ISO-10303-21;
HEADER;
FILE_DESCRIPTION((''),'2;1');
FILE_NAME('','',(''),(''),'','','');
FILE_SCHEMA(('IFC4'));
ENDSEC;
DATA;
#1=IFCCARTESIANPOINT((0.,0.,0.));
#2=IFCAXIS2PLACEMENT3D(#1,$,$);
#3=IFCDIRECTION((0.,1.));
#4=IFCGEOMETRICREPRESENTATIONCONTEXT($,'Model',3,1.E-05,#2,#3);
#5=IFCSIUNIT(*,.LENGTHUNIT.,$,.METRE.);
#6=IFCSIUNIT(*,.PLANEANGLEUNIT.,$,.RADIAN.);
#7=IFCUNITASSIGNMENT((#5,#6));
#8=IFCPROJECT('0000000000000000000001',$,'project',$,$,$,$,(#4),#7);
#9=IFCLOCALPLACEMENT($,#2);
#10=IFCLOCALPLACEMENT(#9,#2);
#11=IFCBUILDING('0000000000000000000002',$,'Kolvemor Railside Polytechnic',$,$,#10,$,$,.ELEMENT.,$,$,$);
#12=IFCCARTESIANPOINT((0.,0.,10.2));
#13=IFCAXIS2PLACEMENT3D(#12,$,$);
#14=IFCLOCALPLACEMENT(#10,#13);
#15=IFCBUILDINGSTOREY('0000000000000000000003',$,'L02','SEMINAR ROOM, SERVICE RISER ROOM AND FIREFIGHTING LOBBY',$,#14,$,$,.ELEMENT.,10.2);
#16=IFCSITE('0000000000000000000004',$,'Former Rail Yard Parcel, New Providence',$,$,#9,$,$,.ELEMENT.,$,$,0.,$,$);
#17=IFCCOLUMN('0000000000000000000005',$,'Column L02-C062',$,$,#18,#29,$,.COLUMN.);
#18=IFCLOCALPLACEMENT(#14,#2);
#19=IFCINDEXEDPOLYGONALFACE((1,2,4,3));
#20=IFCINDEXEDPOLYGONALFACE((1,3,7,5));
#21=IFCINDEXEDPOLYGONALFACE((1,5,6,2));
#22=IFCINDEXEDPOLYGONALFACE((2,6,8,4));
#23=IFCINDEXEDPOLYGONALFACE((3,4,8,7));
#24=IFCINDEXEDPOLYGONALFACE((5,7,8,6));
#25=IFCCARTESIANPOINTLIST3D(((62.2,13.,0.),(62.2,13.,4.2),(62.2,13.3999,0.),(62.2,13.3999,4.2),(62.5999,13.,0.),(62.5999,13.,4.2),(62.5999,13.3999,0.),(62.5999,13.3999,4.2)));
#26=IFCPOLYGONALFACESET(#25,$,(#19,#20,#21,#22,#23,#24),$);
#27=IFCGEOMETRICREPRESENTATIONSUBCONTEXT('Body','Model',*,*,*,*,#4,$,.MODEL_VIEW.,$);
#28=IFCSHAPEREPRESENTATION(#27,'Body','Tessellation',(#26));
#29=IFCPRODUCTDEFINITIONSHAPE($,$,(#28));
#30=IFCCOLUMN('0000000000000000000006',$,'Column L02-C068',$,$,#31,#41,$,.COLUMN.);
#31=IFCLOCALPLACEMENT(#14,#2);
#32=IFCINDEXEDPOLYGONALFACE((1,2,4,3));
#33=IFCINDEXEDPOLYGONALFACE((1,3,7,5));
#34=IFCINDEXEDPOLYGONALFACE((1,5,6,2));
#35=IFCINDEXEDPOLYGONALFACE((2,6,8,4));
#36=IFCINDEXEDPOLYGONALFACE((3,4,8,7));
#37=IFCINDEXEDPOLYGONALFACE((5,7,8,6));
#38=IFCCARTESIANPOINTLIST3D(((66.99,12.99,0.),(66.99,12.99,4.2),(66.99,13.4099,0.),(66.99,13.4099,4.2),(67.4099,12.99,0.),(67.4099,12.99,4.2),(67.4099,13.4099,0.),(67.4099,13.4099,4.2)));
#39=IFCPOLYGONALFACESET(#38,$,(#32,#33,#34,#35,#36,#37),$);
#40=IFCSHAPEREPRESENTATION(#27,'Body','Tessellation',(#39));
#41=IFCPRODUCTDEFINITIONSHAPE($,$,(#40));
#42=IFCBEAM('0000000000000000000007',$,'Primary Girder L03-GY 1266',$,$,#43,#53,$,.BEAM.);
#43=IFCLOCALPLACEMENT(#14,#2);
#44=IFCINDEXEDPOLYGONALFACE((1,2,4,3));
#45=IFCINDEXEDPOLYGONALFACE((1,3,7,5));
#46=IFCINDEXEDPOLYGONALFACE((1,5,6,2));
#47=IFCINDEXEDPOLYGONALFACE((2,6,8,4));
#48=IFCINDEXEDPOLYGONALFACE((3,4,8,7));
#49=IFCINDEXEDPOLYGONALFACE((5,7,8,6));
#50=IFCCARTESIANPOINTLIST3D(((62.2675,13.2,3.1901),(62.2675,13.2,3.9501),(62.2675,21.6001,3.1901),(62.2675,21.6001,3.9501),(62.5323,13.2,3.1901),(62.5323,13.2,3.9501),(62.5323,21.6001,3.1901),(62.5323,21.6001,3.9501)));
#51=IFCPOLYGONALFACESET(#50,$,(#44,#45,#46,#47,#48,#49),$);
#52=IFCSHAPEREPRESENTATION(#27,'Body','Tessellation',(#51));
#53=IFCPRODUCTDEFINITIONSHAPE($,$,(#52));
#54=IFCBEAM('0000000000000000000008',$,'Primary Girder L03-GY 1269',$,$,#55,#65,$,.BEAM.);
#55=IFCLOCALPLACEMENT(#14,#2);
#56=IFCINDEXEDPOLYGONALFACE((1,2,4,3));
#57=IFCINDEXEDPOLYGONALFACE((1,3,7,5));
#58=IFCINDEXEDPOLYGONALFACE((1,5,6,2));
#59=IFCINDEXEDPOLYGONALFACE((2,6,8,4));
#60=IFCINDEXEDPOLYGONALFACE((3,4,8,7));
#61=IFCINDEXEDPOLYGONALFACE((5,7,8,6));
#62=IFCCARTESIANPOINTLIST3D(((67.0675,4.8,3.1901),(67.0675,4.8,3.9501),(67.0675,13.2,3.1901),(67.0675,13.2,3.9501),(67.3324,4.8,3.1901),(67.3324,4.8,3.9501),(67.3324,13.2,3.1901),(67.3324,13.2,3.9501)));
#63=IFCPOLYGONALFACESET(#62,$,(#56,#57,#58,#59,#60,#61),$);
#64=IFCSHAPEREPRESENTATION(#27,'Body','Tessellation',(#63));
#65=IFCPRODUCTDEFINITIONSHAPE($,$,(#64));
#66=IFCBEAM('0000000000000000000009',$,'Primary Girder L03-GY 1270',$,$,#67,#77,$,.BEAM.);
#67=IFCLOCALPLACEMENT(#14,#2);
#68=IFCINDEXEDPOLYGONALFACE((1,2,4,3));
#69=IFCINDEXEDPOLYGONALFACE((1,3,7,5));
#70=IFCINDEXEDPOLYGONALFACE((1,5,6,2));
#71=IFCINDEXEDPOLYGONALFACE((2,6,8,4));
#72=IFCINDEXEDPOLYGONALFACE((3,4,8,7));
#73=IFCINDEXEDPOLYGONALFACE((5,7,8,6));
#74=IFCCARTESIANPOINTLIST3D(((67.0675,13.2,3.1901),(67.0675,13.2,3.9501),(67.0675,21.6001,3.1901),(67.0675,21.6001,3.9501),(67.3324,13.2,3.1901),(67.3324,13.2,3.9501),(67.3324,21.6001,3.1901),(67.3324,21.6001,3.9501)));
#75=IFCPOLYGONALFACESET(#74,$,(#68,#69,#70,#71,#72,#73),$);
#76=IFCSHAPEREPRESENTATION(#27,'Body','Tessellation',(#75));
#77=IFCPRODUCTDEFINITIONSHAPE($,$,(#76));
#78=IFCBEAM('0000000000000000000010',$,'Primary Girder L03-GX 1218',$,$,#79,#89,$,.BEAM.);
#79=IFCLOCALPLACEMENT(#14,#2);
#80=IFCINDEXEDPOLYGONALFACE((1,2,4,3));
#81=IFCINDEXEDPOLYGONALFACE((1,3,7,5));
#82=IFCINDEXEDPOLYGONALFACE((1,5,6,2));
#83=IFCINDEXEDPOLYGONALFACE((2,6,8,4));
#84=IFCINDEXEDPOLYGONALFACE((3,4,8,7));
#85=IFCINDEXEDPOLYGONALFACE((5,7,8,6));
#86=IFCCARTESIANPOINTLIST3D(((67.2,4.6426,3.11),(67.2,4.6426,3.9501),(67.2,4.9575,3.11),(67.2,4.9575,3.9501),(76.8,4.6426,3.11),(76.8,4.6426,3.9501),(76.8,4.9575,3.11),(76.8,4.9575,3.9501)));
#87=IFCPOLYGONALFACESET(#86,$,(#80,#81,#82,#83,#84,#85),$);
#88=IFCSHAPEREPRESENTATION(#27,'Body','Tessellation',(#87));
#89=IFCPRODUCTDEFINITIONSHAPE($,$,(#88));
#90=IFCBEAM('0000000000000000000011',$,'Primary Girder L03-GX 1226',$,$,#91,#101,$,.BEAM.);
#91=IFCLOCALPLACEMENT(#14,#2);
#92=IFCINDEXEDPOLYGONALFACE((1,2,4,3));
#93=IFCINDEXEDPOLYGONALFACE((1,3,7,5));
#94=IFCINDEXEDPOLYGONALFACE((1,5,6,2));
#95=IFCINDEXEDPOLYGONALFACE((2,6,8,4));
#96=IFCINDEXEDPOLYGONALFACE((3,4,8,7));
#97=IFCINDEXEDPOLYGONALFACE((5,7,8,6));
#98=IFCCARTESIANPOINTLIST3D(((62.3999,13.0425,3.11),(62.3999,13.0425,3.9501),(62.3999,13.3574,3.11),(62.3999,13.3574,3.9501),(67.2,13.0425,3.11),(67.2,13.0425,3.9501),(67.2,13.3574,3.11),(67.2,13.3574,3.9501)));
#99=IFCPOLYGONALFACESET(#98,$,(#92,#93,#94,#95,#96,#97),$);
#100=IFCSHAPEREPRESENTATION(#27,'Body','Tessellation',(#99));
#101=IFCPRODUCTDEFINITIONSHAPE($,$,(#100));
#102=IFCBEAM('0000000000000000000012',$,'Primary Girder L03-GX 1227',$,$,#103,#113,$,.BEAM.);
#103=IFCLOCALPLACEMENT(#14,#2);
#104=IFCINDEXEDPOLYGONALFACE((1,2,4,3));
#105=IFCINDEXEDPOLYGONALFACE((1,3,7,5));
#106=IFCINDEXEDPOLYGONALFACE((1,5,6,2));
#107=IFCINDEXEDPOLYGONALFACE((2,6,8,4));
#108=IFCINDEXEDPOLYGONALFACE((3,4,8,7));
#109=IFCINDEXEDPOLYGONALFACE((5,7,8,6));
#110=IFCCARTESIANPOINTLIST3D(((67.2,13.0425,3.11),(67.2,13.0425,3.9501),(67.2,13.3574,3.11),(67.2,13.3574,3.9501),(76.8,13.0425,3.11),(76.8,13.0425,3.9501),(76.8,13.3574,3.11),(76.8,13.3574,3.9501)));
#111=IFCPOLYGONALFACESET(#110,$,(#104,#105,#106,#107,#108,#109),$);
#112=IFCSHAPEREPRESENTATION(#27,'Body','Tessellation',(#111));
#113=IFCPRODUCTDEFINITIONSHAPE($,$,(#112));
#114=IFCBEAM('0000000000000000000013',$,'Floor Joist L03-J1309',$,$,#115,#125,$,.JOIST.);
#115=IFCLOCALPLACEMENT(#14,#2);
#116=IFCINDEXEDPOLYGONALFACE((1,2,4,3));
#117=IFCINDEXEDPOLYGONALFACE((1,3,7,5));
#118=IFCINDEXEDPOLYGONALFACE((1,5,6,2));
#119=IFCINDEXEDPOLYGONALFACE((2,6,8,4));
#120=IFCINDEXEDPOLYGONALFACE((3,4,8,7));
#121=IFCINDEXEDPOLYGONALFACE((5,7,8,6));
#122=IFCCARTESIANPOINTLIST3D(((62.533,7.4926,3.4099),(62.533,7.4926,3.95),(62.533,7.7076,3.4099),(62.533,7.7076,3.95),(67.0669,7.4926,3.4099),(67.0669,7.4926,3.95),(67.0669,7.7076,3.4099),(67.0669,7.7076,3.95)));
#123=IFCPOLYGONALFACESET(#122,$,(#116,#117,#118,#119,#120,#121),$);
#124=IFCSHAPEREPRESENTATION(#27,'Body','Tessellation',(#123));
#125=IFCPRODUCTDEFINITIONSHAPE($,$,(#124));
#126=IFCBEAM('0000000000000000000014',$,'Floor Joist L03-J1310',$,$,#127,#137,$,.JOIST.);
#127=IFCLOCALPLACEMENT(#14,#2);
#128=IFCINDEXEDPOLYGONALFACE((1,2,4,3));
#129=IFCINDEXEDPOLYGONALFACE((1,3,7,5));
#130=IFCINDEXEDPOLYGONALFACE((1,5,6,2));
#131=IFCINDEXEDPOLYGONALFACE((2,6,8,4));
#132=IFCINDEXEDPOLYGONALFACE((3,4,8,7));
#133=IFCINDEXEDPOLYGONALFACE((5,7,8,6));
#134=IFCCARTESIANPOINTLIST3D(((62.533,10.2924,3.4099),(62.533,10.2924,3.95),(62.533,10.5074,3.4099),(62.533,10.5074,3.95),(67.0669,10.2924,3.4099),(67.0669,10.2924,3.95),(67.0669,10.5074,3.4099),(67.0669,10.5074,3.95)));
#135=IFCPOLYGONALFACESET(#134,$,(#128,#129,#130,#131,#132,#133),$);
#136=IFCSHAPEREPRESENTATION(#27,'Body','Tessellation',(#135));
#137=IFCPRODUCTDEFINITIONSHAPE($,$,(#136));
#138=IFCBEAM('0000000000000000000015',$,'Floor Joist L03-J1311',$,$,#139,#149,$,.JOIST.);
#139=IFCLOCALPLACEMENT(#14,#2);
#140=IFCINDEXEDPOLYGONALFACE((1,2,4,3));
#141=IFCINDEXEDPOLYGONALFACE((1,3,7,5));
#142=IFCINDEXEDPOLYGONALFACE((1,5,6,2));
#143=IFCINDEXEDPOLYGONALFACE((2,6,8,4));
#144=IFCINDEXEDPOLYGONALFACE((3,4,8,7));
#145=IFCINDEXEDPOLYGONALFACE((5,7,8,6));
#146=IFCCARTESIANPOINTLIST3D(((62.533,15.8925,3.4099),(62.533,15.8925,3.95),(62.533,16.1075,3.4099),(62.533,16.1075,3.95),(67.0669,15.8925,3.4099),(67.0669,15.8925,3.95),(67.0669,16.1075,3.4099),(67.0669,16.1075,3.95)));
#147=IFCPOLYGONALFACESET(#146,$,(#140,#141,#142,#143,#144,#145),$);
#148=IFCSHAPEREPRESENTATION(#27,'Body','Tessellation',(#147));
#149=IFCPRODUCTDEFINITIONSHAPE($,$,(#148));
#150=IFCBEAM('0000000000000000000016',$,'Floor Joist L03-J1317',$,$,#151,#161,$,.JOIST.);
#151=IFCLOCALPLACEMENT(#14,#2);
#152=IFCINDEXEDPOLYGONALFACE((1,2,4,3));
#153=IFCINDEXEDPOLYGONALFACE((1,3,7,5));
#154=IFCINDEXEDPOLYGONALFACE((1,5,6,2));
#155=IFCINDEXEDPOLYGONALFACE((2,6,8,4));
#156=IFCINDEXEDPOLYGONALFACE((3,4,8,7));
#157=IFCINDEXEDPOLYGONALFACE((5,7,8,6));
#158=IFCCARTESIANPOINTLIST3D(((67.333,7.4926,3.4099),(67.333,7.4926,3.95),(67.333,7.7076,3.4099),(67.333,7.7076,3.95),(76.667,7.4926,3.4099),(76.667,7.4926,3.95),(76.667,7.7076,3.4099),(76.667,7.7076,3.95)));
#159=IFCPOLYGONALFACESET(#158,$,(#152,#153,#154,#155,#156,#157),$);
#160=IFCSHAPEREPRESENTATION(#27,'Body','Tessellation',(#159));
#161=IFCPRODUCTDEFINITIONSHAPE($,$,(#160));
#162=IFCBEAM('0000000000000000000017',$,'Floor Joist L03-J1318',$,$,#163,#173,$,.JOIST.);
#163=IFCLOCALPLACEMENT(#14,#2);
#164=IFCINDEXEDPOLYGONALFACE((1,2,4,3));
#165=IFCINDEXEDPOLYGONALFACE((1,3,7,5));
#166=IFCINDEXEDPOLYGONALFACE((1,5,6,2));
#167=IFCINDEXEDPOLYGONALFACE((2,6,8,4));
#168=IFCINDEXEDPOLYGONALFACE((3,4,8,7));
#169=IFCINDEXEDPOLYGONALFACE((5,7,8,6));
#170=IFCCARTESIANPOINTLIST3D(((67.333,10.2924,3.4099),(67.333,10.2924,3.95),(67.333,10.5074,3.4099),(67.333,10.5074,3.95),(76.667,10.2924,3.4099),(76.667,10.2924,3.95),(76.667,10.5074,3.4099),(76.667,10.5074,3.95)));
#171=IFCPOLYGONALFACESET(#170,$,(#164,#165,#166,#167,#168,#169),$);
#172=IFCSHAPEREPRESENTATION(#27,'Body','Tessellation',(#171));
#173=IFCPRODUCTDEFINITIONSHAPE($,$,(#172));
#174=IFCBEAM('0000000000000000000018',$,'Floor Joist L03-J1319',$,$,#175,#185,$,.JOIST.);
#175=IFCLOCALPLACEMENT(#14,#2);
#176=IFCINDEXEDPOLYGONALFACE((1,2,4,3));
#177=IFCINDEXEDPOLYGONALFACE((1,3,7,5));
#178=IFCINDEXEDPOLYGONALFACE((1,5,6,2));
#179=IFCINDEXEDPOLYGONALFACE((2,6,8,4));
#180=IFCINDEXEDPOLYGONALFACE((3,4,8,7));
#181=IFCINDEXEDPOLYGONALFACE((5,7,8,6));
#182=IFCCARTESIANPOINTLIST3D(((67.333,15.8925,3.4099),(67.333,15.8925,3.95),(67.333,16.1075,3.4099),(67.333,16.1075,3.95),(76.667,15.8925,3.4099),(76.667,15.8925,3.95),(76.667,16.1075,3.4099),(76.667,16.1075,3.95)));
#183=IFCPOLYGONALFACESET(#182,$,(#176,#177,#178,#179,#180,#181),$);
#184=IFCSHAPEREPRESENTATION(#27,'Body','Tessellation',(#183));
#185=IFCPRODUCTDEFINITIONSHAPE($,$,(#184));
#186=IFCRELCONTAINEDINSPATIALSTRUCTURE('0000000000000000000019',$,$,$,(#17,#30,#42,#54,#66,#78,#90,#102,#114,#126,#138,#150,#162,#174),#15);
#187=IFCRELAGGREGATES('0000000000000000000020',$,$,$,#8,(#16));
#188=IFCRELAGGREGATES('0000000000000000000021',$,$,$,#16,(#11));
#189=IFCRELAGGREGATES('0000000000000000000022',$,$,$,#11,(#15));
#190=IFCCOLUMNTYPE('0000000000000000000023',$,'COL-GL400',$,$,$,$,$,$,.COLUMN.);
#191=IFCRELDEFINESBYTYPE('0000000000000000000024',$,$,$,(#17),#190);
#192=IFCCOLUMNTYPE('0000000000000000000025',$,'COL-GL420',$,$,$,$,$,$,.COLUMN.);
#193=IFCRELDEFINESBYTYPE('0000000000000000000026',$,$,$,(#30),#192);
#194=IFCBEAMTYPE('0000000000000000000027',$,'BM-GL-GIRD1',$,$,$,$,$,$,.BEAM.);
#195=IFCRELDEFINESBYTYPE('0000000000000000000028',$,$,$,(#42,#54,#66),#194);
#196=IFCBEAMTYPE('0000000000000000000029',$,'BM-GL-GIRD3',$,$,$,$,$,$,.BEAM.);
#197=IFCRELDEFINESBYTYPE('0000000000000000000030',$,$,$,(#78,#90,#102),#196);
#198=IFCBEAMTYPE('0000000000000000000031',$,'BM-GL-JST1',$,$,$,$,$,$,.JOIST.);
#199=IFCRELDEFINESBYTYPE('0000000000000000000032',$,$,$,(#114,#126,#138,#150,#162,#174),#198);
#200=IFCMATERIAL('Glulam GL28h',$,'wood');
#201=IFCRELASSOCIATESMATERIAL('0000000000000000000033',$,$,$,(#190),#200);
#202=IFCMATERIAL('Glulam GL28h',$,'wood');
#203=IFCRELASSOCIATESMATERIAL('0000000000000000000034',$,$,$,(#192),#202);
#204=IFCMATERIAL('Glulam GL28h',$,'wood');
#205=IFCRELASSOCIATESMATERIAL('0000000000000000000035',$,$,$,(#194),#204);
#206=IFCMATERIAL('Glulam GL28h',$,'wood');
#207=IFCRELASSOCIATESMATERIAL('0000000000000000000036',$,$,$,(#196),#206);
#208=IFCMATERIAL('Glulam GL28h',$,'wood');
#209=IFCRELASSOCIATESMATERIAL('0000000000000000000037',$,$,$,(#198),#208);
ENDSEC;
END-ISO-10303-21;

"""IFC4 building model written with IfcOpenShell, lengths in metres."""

from ifc_helpers import new_model, si_unit, direction, frame, origin, origin_2d, place, context, subcontext, project, spatial, rectangle, extrude, material, material_profile, profile_set, type_object, element, save


model = new_model("IFC4")

# Units and contexts
model_context = context("Model", 3, precision=1e-05, world=origin(), true_north=direction((0.0, 1.0)))
body_context = subcontext(model_context, "Body", "Model", "MODEL_VIEW")
ifc_project = project(units=[si_unit("LENGTHUNIT", "METRE"), si_unit("PLANEANGLEUNIT", "RADIAN")], contexts=[model_context])

# Site, building, storey
site_placement = place(None, origin())
site = spatial("IfcSite", under=ifc_project, at=site_placement, Name="Former Rail Yard Parcel, New Providence", CompositionType="ELEMENT", RefElevation=0.0)
building_placement = place(site_placement, origin())
building = spatial("IfcBuilding", under=site, at=building_placement, Name="Kolvemor Railside Polytechnic", CompositionType="ELEMENT")
storey_placement = place(building_placement, frame((0.0, 0.0, 10.2)))
storey = spatial("IfcBuildingStorey", under=building, at=storey_placement, Name="L02", Description="SEMINAR ROOM, SERVICE RISER ROOM AND FIREFIGHTING LOBBY", CompositionType="ELEMENT", Elevation=10.2)

# Columns
ifc_material_1 = material(Name="Glulam GL28h", Category="wood")
ifc_material_profile_1 = material_profile(ifc_material_1, rectangle(XDim=0.3999, YDim=0.3999, at=origin_2d()), Name="GL400x400")
ifc_profile_set_1 = profile_set([ifc_material_profile_1], Name="Glulam GL28h")
column_type_1 = type_object("IfcColumnType", Name="COL-GL400", PredefinedType="COLUMN", material=ifc_profile_set_1)
column_1_placement = place(storey_placement, frame((62.3999, 13.2, 0.0), z_axis=(0.0, 0.0, 1.0), x_axis=(1.0, 0.0, 0.0)))
element("IfcColumn", 1, at=column_1_placement, inside=storey, type_object=column_type_1, Name="Column L02-C062", PredefinedType="COLUMN", context=body_context, shape_type="SweptSolid", body=[
    extrude(rectangle(XDim=0.3999, YDim=0.3999, at=origin_2d()), origin(), (0.0, 0.0, 1.0), 4.2),
])
ifc_material_2 = material(Name="Glulam GL28h", Category="wood")
ifc_material_profile_2 = material_profile(ifc_material_2, rectangle(XDim=0.4199, YDim=0.4199, at=origin_2d()), Name="GL420x420")
ifc_profile_set_2 = profile_set([ifc_material_profile_2], Name="Glulam GL28h")
column_type_2 = type_object("IfcColumnType", Name="COL-GL420", PredefinedType="COLUMN", material=ifc_profile_set_2)
column_2_placement = place(storey_placement, frame((67.2, 13.2, 0.0), z_axis=(0.0, 0.0, 1.0), x_axis=(1.0, 0.0, 0.0)))
element("IfcColumn", 2, at=column_2_placement, inside=storey, type_object=column_type_2, Name="Column L02-C068", PredefinedType="COLUMN", context=body_context, shape_type="SweptSolid", body=[
    extrude(rectangle(XDim=0.4199, YDim=0.4199, at=origin_2d()), origin(), (0.0, 0.0, 1.0), 4.2),
])

# Beams
ifc_material_3 = material(Name="Glulam GL28h", Category="wood")
ifc_material_profile_3 = material_profile(ifc_material_3, rectangle(XDim=0.2649, YDim=0.76, at=origin_2d()), Name="GL265x760")
ifc_profile_set_3 = profile_set([ifc_material_profile_3], Name="Glulam GL28h")
beam_type_1 = type_object("IfcBeamType", Name="BM-GL-GIRD1", PredefinedType="BEAM", material=ifc_profile_set_3)
beam_1_placement = place(storey_placement, frame((62.3999, 13.2, 3.5701), z_axis=(0.0, 1.0, 0.0), x_axis=(-1.0, 0.0, 0.0)))
element("IfcBeam", 3, at=beam_1_placement, inside=storey, type_object=beam_type_1, Name="Primary Girder L03-GY 1266", PredefinedType="BEAM", context=body_context, shape_type="SweptSolid", body=[
    extrude(rectangle(XDim=0.2649, YDim=0.76, at=origin_2d()), origin(), (0.0, 0.0, 1.0), 8.4001),
])
beam_2_placement = place(storey_placement, frame((67.2, 4.8, 3.5701), z_axis=(0.0, 1.0, 0.0), x_axis=(-1.0, 0.0, 0.0)))
element("IfcBeam", 4, at=beam_2_placement, inside=storey, type_object=beam_type_1, Name="Primary Girder L03-GY 1269", PredefinedType="BEAM", context=body_context, shape_type="SweptSolid", body=[
    extrude(rectangle(XDim=0.2649, YDim=0.76, at=origin_2d()), origin(), (0.0, 0.0, 1.0), 8.3999),
])
beam_3_placement = place(storey_placement, frame((67.2, 13.2, 3.5701), z_axis=(0.0, 1.0, 0.0), x_axis=(-1.0, 0.0, 0.0)))
element("IfcBeam", 5, at=beam_3_placement, inside=storey, type_object=beam_type_1, Name="Primary Girder L03-GY 1270", PredefinedType="BEAM", context=body_context, shape_type="SweptSolid", body=[
    extrude(rectangle(XDim=0.2649, YDim=0.76, at=origin_2d()), origin(), (0.0, 0.0, 1.0), 8.4001),
])
ifc_material_4 = material(Name="Glulam GL28h", Category="wood")
ifc_material_profile_4 = material_profile(ifc_material_4, rectangle(XDim=0.3149, YDim=0.8401, at=origin_2d()), Name="GL315x840")
ifc_profile_set_4 = profile_set([ifc_material_profile_4], Name="Glulam GL28h")
beam_type_2 = type_object("IfcBeamType", Name="BM-GL-GIRD3", PredefinedType="BEAM", material=ifc_profile_set_4)
beam_4_placement = place(storey_placement, frame((67.2, 4.8, 3.53), z_axis=(1.0, 0.0, 0.0), x_axis=(0.0, 1.0, 0.0)))
element("IfcBeam", 6, at=beam_4_placement, inside=storey, type_object=beam_type_2, Name="Primary Girder L03-GX 1218", PredefinedType="BEAM", context=body_context, shape_type="SweptSolid", body=[
    extrude(rectangle(XDim=0.3149, YDim=0.8401, at=origin_2d()), origin(), (0.0, 0.0, 1.0), 9.6001),
])
beam_5_placement = place(storey_placement, frame((62.3999, 13.2, 3.53), z_axis=(1.0, 0.0, 0.0), x_axis=(0.0, 1.0, 0.0)))
element("IfcBeam", 7, at=beam_5_placement, inside=storey, type_object=beam_type_2, Name="Primary Girder L03-GX 1226", PredefinedType="BEAM", context=body_context, shape_type="SweptSolid", body=[
    extrude(rectangle(XDim=0.3149, YDim=0.8401, at=origin_2d()), origin(), (0.0, 0.0, 1.0), 4.8),
])
beam_6_placement = place(storey_placement, frame((67.2, 13.2, 3.53), z_axis=(1.0, 0.0, 0.0), x_axis=(0.0, 1.0, 0.0)))
element("IfcBeam", 8, at=beam_6_placement, inside=storey, type_object=beam_type_2, Name="Primary Girder L03-GX 1227", PredefinedType="BEAM", context=body_context, shape_type="SweptSolid", body=[
    extrude(rectangle(XDim=0.3149, YDim=0.8401, at=origin_2d()), origin(), (0.0, 0.0, 1.0), 9.6001),
])
ifc_material_5 = material(Name="Glulam GL28h", Category="wood")
ifc_material_profile_5 = material_profile(ifc_material_5, rectangle(XDim=0.2151, YDim=0.54, at=origin_2d()), Name="GL215x540")
ifc_profile_set_5 = profile_set([ifc_material_profile_5], Name="Glulam GL28h")
beam_type_3 = type_object("IfcBeamType", Name="BM-GL-JST1", PredefinedType="JOIST", material=ifc_profile_set_5)
for number, where, z_axis, x_axis, name in (
    (9, (62.533, 7.6001, 3.6799), (1.0, 0.0, 0.0), (0.0, 1.0, 0.0), "Floor Joist L03-J1309"),
    (10, (62.533, 10.3999, 3.6799), (1.0, 0.0, 0.0), (0.0, 1.0, 0.0), "Floor Joist L03-J1310"),
    (11, (62.533, 16.0, 3.6799), (1.0, 0.0, 0.0), (0.0, 1.0, 0.0), "Floor Joist L03-J1311"),
):
    element("IfcBeam", number, at=place(storey_placement, frame(where, z_axis=z_axis, x_axis=x_axis)), inside=storey, type_object=beam_type_3, Name=name, PredefinedType="JOIST", context=body_context, shape_type="SweptSolid", body=[
        extrude(rectangle(XDim=0.2151, YDim=0.54, at=origin_2d()), origin(), (0.0, 0.0, 1.0), 4.5339),
    ])
for number, where, z_axis, x_axis, name in (
    (12, (67.333, 7.6001, 3.6799), (1.0, 0.0, 0.0), (0.0, 1.0, 0.0), "Floor Joist L03-J1317"),
    (13, (67.333, 10.3999, 3.6799), (1.0, 0.0, 0.0), (0.0, 1.0, 0.0), "Floor Joist L03-J1318"),
    (14, (67.333, 16.0, 3.6799), (1.0, 0.0, 0.0), (0.0, 1.0, 0.0), "Floor Joist L03-J1319"),
):
    element("IfcBeam", number, at=place(storey_placement, frame(where, z_axis=z_axis, x_axis=x_axis)), inside=storey, type_object=beam_type_3, Name=name, PredefinedType="JOIST", context=body_context, shape_type="SweptSolid", body=[
        extrude(rectangle(XDim=0.2151, YDim=0.54, at=origin_2d()), origin(), (0.0, 0.0, 1.0), 9.334),
    ])

save(model, "model.ifc")
